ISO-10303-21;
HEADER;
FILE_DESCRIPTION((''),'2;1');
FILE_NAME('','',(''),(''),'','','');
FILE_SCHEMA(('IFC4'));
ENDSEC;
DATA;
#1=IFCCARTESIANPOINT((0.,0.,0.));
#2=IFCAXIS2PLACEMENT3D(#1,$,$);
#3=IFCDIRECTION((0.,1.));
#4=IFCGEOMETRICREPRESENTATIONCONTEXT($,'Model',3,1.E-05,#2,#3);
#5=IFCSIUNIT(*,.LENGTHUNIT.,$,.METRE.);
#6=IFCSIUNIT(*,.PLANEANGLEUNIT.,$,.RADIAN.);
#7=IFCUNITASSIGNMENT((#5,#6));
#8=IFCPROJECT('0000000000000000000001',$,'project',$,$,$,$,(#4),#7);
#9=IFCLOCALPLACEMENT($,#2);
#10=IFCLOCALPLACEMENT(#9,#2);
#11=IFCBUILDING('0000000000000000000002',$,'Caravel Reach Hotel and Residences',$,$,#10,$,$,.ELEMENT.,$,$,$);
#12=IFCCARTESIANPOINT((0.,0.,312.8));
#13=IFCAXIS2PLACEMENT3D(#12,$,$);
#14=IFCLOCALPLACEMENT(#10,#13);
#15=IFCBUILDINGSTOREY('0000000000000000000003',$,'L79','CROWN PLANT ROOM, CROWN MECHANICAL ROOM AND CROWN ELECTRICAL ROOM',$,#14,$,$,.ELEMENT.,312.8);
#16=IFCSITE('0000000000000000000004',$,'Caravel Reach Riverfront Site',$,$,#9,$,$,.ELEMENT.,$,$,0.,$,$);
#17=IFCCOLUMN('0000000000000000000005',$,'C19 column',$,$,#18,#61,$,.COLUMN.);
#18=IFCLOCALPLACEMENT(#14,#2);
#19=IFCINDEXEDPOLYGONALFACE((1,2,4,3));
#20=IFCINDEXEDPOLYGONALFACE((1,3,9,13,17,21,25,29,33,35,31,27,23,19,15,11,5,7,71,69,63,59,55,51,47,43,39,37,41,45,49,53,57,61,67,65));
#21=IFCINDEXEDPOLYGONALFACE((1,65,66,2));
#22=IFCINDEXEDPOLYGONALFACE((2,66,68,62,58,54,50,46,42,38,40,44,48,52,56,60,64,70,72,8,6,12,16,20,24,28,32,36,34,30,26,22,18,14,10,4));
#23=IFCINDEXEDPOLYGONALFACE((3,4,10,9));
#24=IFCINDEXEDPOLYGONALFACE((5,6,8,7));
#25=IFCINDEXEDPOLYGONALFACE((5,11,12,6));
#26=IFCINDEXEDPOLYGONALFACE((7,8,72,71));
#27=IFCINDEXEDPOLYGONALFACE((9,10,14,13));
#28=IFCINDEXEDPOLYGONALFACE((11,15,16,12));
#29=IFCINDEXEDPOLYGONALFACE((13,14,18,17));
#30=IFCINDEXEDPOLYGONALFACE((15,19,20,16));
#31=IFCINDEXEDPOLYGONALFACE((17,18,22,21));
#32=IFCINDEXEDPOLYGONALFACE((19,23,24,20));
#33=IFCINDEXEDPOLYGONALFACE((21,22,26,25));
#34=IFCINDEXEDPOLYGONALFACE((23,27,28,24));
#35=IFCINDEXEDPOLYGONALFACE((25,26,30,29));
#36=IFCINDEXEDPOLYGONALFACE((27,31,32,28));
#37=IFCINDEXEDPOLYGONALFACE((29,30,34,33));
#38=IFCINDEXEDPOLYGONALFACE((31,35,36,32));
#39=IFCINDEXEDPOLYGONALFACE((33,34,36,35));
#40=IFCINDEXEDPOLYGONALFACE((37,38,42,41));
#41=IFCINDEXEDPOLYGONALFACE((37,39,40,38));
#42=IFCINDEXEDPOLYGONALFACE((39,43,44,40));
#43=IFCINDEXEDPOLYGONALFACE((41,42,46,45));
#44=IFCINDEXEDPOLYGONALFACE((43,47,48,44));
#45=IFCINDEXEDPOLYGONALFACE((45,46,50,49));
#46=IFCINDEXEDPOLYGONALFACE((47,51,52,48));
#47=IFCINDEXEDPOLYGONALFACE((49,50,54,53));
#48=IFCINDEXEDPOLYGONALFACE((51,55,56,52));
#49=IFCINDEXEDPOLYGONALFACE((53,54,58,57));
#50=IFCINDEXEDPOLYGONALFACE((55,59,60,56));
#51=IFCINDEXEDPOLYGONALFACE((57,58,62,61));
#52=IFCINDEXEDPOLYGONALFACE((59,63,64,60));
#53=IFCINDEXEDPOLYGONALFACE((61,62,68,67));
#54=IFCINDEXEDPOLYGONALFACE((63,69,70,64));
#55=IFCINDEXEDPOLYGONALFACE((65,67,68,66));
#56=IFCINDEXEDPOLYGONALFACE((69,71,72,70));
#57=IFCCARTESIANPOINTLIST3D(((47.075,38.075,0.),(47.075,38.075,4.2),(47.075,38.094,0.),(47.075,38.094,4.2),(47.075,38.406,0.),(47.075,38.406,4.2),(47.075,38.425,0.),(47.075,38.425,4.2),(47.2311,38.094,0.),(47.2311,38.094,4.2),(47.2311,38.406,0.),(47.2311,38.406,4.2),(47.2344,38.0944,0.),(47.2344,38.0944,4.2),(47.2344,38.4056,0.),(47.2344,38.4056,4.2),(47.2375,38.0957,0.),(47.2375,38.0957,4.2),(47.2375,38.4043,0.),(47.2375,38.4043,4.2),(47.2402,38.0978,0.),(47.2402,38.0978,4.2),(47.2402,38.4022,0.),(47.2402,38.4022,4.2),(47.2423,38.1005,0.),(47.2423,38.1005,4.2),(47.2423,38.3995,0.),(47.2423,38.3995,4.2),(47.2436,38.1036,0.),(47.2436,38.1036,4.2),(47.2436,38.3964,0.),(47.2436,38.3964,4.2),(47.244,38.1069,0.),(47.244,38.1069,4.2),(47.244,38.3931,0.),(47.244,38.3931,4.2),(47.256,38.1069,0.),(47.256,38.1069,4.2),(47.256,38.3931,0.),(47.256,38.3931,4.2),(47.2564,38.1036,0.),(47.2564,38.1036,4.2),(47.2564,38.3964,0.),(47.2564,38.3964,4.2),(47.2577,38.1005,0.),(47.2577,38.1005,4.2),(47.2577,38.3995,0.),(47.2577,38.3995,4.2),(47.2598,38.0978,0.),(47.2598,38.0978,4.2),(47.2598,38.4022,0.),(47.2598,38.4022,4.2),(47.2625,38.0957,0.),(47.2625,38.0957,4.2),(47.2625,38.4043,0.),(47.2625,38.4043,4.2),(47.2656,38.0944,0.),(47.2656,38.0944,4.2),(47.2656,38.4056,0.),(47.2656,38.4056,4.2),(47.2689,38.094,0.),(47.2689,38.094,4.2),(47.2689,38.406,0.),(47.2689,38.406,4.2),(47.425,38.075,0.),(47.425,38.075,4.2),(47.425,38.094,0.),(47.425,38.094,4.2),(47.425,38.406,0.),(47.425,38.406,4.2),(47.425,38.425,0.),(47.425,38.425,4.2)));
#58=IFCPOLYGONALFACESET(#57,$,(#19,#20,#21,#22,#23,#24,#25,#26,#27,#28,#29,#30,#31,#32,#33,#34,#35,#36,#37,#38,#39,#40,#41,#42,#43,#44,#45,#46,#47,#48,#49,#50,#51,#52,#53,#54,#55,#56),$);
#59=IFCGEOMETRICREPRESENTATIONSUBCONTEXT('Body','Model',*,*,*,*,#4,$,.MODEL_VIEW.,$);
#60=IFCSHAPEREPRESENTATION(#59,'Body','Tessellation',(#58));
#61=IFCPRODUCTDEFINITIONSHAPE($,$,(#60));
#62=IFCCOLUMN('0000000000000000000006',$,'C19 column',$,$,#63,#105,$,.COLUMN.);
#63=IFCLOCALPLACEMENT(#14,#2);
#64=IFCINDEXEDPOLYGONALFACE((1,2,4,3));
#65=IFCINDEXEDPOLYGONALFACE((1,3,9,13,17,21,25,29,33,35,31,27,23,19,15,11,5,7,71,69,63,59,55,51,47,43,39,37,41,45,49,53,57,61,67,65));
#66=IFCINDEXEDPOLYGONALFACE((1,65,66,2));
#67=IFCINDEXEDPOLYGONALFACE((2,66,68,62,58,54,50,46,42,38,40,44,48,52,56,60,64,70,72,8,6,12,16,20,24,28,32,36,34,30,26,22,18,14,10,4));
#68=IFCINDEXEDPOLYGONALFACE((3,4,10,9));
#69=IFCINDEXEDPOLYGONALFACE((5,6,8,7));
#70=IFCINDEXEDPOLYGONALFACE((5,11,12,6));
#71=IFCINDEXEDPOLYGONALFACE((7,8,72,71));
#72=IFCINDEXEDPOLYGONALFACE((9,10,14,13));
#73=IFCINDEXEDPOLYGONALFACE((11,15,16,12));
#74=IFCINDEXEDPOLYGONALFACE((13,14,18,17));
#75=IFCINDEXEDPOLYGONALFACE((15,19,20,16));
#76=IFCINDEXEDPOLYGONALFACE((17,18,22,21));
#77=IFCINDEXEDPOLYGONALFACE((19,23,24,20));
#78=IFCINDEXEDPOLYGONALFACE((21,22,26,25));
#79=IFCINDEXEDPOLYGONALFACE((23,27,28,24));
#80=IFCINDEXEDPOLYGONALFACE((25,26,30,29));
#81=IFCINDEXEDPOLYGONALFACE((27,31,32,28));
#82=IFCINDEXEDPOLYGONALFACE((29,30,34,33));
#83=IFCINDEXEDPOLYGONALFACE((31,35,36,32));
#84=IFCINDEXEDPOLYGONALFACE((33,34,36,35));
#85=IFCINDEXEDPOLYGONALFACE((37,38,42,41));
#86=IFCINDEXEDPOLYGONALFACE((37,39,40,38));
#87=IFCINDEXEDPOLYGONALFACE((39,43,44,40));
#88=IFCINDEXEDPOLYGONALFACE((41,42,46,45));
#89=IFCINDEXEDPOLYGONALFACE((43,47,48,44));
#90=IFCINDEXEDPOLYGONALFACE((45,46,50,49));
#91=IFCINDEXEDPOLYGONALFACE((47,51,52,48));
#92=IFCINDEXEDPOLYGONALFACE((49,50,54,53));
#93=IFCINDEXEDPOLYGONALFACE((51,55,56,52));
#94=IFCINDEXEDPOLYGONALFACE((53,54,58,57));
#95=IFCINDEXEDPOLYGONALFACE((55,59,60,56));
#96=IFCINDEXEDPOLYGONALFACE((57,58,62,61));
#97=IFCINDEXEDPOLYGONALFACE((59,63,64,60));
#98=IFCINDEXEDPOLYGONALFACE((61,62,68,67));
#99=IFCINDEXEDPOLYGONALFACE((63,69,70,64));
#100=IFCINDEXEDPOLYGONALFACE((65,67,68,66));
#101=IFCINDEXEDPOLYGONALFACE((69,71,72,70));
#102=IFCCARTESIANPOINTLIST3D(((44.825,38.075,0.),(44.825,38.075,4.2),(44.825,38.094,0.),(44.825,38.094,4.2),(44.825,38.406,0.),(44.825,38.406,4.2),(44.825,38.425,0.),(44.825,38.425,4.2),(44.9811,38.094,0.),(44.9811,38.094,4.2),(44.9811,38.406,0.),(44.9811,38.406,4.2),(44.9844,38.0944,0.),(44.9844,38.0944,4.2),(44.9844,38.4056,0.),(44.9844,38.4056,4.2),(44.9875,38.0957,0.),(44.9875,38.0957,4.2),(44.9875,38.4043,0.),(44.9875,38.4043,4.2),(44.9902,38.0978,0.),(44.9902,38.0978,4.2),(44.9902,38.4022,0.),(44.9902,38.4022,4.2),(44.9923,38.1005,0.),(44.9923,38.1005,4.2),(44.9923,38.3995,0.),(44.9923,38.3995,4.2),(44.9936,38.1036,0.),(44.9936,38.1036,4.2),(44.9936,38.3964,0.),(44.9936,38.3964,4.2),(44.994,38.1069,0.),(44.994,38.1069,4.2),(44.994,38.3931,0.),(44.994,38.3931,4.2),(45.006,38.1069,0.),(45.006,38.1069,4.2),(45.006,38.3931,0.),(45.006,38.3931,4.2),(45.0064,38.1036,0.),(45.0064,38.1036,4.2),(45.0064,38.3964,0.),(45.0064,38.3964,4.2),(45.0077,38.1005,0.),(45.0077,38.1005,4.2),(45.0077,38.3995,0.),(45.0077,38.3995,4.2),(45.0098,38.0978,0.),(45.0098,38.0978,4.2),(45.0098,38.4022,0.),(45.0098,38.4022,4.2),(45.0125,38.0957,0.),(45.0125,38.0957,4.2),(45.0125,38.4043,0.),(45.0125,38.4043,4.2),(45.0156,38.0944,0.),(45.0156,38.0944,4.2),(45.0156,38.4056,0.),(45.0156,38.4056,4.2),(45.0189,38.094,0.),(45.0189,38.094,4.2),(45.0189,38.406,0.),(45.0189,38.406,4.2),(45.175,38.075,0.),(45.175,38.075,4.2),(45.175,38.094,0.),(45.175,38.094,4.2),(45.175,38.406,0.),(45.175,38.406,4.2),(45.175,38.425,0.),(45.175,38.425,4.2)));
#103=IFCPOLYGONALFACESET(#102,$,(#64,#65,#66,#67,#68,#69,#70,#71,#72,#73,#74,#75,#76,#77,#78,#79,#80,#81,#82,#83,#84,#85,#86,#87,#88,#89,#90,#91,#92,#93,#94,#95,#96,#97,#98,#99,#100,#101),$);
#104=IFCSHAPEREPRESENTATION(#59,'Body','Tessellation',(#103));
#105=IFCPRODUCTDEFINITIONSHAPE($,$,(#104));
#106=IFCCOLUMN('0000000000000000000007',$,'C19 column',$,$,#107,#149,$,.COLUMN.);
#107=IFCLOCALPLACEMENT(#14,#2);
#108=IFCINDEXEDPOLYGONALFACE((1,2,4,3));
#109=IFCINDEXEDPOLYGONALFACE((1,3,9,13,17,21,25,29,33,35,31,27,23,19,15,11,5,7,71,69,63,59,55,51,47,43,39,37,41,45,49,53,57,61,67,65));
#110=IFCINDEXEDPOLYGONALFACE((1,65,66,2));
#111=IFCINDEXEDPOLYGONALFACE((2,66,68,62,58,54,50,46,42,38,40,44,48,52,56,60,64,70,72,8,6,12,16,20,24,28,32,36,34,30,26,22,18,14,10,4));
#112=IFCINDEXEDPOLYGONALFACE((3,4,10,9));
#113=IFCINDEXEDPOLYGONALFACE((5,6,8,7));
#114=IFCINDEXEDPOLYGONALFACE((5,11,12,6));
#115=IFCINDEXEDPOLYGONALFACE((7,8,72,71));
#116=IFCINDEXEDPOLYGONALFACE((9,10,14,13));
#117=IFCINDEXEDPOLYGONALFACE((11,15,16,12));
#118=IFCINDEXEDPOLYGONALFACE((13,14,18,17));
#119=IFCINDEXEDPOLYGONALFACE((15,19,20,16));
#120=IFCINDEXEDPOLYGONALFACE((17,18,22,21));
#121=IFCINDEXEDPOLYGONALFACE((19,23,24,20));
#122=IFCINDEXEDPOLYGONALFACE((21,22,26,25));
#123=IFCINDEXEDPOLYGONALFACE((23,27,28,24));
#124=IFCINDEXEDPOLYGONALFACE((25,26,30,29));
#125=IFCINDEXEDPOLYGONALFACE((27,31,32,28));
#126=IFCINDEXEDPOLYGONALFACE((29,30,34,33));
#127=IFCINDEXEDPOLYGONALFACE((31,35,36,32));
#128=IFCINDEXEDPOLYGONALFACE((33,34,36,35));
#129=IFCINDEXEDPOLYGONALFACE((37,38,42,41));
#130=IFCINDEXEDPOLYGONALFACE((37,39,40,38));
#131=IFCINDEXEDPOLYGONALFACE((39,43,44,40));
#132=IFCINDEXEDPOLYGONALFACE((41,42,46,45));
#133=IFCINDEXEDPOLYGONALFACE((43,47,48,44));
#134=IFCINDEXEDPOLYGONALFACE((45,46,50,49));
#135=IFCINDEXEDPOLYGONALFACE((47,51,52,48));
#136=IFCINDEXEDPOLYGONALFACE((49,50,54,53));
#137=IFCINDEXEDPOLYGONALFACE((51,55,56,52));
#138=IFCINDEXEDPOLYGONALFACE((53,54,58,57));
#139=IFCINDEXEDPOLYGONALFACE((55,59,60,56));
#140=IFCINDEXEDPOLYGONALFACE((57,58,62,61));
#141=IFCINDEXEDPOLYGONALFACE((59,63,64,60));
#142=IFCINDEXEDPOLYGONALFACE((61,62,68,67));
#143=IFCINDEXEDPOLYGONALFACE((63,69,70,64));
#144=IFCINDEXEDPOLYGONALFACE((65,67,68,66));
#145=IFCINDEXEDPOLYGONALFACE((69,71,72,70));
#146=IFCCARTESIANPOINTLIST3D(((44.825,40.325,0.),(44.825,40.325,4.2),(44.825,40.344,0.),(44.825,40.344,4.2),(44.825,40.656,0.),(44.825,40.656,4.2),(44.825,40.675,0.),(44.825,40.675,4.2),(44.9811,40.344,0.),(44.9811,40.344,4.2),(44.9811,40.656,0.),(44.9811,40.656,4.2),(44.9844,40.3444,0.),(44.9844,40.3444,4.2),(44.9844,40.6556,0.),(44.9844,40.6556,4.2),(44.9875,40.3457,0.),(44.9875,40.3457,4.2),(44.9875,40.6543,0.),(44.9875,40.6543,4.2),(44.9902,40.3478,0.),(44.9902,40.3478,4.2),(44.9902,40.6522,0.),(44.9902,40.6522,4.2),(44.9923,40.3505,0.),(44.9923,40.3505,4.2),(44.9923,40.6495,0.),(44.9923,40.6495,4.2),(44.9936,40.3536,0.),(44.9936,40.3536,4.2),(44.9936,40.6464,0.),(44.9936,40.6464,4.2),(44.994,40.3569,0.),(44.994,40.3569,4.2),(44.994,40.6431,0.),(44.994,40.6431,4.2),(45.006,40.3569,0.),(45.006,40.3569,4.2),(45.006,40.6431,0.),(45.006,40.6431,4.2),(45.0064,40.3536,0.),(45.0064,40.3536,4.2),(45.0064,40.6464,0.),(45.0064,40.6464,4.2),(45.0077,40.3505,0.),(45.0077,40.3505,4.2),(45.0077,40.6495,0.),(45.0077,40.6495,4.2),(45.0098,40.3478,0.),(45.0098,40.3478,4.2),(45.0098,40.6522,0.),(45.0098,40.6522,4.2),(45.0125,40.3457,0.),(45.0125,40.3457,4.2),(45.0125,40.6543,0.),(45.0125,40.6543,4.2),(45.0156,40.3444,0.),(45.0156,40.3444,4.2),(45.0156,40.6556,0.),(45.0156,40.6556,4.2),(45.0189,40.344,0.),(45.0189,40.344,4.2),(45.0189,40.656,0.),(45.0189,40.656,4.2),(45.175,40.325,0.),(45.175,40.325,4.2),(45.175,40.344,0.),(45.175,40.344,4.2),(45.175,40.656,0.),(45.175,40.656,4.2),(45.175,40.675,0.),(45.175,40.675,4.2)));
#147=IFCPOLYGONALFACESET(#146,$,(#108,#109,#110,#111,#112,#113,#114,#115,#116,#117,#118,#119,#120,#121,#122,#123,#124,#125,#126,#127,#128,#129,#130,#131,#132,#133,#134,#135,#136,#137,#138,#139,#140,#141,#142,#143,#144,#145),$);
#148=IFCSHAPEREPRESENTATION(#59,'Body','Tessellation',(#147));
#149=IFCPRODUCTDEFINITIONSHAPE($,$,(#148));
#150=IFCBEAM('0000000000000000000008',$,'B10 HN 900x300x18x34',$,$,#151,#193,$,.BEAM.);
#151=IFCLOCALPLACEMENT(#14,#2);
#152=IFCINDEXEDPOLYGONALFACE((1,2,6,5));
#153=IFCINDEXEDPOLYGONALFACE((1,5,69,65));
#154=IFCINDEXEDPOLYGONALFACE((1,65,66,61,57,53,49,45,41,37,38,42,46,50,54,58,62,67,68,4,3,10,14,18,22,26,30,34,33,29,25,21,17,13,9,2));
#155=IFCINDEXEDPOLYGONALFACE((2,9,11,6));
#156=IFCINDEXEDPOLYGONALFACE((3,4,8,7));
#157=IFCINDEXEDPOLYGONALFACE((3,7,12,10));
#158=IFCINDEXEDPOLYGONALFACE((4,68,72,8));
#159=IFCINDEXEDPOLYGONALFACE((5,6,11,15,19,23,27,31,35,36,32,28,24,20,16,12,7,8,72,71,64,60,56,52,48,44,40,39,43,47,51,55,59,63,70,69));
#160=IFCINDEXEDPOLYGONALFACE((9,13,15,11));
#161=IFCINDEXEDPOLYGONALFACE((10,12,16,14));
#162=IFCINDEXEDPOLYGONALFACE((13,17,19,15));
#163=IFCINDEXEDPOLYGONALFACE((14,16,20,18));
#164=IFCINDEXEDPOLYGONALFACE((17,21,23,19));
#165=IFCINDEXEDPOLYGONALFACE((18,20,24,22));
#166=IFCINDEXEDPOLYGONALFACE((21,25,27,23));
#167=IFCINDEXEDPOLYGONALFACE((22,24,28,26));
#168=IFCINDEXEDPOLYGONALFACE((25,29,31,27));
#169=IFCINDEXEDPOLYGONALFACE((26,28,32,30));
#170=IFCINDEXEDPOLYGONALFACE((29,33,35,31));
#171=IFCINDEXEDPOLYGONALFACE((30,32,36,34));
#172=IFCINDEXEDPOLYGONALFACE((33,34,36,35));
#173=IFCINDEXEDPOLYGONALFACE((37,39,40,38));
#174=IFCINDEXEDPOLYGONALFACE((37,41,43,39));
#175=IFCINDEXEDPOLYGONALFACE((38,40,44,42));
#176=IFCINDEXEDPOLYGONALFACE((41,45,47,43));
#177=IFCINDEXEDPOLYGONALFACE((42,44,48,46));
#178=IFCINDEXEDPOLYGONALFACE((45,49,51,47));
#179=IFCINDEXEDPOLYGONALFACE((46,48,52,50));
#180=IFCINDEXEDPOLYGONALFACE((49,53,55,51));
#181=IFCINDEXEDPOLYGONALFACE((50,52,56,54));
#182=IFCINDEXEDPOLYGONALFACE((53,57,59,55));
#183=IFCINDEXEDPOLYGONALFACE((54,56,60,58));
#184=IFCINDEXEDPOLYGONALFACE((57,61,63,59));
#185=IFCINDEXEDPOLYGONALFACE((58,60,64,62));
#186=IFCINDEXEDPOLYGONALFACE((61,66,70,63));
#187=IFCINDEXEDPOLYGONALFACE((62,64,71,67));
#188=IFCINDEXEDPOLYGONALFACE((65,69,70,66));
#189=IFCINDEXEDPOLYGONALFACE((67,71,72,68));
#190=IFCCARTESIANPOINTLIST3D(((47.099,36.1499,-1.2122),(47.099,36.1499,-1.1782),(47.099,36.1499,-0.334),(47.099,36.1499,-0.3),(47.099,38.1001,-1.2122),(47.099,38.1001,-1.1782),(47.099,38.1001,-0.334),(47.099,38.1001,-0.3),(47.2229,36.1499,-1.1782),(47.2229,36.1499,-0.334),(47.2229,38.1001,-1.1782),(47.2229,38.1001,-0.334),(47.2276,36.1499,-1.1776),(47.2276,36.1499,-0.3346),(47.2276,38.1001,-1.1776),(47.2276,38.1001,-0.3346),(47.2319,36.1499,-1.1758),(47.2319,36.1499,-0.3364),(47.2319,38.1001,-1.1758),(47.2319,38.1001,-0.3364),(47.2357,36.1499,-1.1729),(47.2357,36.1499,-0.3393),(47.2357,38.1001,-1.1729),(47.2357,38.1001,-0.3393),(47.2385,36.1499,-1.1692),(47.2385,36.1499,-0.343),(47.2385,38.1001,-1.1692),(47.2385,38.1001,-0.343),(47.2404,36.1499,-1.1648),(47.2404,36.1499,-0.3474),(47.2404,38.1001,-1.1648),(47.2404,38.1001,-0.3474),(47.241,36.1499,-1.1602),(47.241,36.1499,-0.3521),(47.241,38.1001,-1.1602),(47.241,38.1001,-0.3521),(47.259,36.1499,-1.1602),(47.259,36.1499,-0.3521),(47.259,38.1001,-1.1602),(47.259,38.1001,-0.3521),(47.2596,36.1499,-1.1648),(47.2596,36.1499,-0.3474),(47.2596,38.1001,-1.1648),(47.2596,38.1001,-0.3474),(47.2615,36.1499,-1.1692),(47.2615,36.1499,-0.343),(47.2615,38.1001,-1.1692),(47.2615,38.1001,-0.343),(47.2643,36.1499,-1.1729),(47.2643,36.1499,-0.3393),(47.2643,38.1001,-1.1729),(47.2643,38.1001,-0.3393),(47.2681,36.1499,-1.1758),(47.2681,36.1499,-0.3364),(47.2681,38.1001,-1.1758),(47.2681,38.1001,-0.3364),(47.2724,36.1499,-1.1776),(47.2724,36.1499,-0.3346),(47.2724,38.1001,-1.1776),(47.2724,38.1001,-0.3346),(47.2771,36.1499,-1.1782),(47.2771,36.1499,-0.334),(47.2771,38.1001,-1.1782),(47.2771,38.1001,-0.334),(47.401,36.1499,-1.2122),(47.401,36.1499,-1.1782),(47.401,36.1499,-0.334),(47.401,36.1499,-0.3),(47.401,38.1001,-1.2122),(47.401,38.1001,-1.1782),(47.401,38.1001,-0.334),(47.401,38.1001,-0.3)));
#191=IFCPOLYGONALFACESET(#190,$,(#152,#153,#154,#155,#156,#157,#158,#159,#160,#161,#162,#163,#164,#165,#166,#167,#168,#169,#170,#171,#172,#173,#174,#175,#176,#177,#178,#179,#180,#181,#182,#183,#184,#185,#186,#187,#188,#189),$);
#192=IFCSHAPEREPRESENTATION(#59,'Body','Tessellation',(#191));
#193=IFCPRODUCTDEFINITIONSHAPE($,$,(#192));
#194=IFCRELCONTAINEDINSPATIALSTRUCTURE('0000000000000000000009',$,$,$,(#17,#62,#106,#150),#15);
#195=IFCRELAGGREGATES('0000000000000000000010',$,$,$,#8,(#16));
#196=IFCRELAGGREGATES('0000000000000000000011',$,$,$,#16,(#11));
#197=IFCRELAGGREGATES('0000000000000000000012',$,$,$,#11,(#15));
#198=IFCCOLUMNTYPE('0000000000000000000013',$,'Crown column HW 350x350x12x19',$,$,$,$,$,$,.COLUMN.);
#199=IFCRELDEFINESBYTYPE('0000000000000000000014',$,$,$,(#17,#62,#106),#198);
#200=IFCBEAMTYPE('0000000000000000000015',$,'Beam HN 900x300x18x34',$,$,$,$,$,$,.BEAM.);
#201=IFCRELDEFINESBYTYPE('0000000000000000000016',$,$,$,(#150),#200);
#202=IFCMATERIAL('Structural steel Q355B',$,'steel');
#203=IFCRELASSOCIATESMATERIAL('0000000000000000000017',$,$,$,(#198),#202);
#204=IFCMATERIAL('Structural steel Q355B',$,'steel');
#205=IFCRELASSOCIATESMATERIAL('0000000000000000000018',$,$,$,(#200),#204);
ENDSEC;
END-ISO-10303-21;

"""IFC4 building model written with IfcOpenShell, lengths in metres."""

from ifc_helpers import new_model, si_unit, direction, frame, origin, origin_2d, place, context, subcontext, project, spatial, i_section, extrude, material, material_profile, profile_set, type_object, element, save


model = new_model("IFC4")

# Units and contexts
model_context = context("Model", 3, precision=1e-05, world=origin(), true_north=direction((0.0, 1.0)))
body_context = subcontext(model_context, "Body", "Model", "MODEL_VIEW")
ifc_project = project(units=[si_unit("LENGTHUNIT", "METRE"), si_unit("PLANEANGLEUNIT", "RADIAN")], contexts=[model_context])

# Site, building, storey
site_placement = place(None, origin())
site = spatial("IfcSite", under=ifc_project, at=site_placement, Name="Caravel Reach Riverfront Site", CompositionType="ELEMENT", RefElevation=0.0)
building_placement = place(site_placement, origin())
building = spatial("IfcBuilding", under=site, at=building_placement, Name="Caravel Reach Hotel and Residences", CompositionType="ELEMENT")
storey_placement = place(building_placement, frame((0.0, 0.0, 312.8)))
storey = spatial("IfcBuildingStorey", under=building, at=storey_placement, Name="L79", Description="CROWN PLANT ROOM, CROWN MECHANICAL ROOM AND CROWN ELECTRICAL ROOM", CompositionType="ELEMENT", Elevation=312.8)

# Columns
ifc_material_1 = material(Name="Structural steel Q355B", Category="steel")
ifc_material_profile_1 = material_profile(ifc_material_1, i_section(OverallWidth=0.3501, OverallDepth=0.3501, WebThickness=0.012, FlangeThickness=0.019, FilletRadius=0.0129, at=origin_2d()), Name="HW 350x350x12x19")
ifc_profile_set_1 = profile_set([ifc_material_profile_1], Name="Structural steel Q355B")
column_type = type_object("IfcColumnType", Name="Crown column HW 350x350x12x19", PredefinedType="COLUMN", material=ifc_profile_set_1)
for number, where, z_axis, x_axis, name in (
    (1, (47.25, 38.25, 0.0), (0.0, 0.0, 1.0), (1.0, 0.0, 0.0), "C19 column"),
    (2, (45.0, 38.25, 0.0), (0.0, 0.0, 1.0), (1.0, 0.0, 0.0), "C19 column"),
    (3, (45.0, 40.5, 0.0), (0.0, 0.0, 1.0), (1.0, 0.0, 0.0), "C19 column"),
):
    element("IfcColumn", number, at=place(storey_placement, frame(where, z_axis=z_axis, x_axis=x_axis)), inside=storey, type_object=column_type, Name=name, PredefinedType="COLUMN", context=body_context, shape_type="SweptSolid", body=[
        extrude(i_section(OverallWidth=0.3501, OverallDepth=0.3501, WebThickness=0.012, FlangeThickness=0.019, FilletRadius=0.0129, at=origin_2d()), origin(), (0.0, 0.0, 1.0), 4.2),
    ])

# Beam
ifc_material_2 = material(Name="Structural steel Q355B", Category="steel")
ifc_material_profile_2 = material_profile(ifc_material_2, i_section(OverallWidth=0.302, OverallDepth=0.9121, WebThickness=0.0181, FlangeThickness=0.0339, FilletRadius=0.0181, at=origin_2d()), Name="HN 900x300x18x34")
ifc_profile_set_2 = profile_set([ifc_material_profile_2], Name="Structural steel Q355B")
beam_type = type_object("IfcBeamType", Name="Beam HN 900x300x18x34", PredefinedType="BEAM", material=ifc_profile_set_2)
for number, where, z_axis, x_axis, name in (
    (4, (47.25, 36.1499, -0.7561), (0.0, 1.0, 0.0), (-1.0, 0.0, 0.0), "B10 HN 900x300x18x34"),
):
    element("IfcBeam", number, at=place(storey_placement, frame(where, z_axis=z_axis, x_axis=x_axis)), inside=storey, type_object=beam_type, Name=name, PredefinedType="BEAM", context=body_context, shape_type="SweptSolid", body=[
        extrude(i_section(OverallWidth=0.302, OverallDepth=0.9121, WebThickness=0.0181, FlangeThickness=0.0339, FilletRadius=0.0181, at=origin_2d()), origin(), (0.0, 0.0, 1.0), 1.9502),
    ])

save(model, "model.ifc")
